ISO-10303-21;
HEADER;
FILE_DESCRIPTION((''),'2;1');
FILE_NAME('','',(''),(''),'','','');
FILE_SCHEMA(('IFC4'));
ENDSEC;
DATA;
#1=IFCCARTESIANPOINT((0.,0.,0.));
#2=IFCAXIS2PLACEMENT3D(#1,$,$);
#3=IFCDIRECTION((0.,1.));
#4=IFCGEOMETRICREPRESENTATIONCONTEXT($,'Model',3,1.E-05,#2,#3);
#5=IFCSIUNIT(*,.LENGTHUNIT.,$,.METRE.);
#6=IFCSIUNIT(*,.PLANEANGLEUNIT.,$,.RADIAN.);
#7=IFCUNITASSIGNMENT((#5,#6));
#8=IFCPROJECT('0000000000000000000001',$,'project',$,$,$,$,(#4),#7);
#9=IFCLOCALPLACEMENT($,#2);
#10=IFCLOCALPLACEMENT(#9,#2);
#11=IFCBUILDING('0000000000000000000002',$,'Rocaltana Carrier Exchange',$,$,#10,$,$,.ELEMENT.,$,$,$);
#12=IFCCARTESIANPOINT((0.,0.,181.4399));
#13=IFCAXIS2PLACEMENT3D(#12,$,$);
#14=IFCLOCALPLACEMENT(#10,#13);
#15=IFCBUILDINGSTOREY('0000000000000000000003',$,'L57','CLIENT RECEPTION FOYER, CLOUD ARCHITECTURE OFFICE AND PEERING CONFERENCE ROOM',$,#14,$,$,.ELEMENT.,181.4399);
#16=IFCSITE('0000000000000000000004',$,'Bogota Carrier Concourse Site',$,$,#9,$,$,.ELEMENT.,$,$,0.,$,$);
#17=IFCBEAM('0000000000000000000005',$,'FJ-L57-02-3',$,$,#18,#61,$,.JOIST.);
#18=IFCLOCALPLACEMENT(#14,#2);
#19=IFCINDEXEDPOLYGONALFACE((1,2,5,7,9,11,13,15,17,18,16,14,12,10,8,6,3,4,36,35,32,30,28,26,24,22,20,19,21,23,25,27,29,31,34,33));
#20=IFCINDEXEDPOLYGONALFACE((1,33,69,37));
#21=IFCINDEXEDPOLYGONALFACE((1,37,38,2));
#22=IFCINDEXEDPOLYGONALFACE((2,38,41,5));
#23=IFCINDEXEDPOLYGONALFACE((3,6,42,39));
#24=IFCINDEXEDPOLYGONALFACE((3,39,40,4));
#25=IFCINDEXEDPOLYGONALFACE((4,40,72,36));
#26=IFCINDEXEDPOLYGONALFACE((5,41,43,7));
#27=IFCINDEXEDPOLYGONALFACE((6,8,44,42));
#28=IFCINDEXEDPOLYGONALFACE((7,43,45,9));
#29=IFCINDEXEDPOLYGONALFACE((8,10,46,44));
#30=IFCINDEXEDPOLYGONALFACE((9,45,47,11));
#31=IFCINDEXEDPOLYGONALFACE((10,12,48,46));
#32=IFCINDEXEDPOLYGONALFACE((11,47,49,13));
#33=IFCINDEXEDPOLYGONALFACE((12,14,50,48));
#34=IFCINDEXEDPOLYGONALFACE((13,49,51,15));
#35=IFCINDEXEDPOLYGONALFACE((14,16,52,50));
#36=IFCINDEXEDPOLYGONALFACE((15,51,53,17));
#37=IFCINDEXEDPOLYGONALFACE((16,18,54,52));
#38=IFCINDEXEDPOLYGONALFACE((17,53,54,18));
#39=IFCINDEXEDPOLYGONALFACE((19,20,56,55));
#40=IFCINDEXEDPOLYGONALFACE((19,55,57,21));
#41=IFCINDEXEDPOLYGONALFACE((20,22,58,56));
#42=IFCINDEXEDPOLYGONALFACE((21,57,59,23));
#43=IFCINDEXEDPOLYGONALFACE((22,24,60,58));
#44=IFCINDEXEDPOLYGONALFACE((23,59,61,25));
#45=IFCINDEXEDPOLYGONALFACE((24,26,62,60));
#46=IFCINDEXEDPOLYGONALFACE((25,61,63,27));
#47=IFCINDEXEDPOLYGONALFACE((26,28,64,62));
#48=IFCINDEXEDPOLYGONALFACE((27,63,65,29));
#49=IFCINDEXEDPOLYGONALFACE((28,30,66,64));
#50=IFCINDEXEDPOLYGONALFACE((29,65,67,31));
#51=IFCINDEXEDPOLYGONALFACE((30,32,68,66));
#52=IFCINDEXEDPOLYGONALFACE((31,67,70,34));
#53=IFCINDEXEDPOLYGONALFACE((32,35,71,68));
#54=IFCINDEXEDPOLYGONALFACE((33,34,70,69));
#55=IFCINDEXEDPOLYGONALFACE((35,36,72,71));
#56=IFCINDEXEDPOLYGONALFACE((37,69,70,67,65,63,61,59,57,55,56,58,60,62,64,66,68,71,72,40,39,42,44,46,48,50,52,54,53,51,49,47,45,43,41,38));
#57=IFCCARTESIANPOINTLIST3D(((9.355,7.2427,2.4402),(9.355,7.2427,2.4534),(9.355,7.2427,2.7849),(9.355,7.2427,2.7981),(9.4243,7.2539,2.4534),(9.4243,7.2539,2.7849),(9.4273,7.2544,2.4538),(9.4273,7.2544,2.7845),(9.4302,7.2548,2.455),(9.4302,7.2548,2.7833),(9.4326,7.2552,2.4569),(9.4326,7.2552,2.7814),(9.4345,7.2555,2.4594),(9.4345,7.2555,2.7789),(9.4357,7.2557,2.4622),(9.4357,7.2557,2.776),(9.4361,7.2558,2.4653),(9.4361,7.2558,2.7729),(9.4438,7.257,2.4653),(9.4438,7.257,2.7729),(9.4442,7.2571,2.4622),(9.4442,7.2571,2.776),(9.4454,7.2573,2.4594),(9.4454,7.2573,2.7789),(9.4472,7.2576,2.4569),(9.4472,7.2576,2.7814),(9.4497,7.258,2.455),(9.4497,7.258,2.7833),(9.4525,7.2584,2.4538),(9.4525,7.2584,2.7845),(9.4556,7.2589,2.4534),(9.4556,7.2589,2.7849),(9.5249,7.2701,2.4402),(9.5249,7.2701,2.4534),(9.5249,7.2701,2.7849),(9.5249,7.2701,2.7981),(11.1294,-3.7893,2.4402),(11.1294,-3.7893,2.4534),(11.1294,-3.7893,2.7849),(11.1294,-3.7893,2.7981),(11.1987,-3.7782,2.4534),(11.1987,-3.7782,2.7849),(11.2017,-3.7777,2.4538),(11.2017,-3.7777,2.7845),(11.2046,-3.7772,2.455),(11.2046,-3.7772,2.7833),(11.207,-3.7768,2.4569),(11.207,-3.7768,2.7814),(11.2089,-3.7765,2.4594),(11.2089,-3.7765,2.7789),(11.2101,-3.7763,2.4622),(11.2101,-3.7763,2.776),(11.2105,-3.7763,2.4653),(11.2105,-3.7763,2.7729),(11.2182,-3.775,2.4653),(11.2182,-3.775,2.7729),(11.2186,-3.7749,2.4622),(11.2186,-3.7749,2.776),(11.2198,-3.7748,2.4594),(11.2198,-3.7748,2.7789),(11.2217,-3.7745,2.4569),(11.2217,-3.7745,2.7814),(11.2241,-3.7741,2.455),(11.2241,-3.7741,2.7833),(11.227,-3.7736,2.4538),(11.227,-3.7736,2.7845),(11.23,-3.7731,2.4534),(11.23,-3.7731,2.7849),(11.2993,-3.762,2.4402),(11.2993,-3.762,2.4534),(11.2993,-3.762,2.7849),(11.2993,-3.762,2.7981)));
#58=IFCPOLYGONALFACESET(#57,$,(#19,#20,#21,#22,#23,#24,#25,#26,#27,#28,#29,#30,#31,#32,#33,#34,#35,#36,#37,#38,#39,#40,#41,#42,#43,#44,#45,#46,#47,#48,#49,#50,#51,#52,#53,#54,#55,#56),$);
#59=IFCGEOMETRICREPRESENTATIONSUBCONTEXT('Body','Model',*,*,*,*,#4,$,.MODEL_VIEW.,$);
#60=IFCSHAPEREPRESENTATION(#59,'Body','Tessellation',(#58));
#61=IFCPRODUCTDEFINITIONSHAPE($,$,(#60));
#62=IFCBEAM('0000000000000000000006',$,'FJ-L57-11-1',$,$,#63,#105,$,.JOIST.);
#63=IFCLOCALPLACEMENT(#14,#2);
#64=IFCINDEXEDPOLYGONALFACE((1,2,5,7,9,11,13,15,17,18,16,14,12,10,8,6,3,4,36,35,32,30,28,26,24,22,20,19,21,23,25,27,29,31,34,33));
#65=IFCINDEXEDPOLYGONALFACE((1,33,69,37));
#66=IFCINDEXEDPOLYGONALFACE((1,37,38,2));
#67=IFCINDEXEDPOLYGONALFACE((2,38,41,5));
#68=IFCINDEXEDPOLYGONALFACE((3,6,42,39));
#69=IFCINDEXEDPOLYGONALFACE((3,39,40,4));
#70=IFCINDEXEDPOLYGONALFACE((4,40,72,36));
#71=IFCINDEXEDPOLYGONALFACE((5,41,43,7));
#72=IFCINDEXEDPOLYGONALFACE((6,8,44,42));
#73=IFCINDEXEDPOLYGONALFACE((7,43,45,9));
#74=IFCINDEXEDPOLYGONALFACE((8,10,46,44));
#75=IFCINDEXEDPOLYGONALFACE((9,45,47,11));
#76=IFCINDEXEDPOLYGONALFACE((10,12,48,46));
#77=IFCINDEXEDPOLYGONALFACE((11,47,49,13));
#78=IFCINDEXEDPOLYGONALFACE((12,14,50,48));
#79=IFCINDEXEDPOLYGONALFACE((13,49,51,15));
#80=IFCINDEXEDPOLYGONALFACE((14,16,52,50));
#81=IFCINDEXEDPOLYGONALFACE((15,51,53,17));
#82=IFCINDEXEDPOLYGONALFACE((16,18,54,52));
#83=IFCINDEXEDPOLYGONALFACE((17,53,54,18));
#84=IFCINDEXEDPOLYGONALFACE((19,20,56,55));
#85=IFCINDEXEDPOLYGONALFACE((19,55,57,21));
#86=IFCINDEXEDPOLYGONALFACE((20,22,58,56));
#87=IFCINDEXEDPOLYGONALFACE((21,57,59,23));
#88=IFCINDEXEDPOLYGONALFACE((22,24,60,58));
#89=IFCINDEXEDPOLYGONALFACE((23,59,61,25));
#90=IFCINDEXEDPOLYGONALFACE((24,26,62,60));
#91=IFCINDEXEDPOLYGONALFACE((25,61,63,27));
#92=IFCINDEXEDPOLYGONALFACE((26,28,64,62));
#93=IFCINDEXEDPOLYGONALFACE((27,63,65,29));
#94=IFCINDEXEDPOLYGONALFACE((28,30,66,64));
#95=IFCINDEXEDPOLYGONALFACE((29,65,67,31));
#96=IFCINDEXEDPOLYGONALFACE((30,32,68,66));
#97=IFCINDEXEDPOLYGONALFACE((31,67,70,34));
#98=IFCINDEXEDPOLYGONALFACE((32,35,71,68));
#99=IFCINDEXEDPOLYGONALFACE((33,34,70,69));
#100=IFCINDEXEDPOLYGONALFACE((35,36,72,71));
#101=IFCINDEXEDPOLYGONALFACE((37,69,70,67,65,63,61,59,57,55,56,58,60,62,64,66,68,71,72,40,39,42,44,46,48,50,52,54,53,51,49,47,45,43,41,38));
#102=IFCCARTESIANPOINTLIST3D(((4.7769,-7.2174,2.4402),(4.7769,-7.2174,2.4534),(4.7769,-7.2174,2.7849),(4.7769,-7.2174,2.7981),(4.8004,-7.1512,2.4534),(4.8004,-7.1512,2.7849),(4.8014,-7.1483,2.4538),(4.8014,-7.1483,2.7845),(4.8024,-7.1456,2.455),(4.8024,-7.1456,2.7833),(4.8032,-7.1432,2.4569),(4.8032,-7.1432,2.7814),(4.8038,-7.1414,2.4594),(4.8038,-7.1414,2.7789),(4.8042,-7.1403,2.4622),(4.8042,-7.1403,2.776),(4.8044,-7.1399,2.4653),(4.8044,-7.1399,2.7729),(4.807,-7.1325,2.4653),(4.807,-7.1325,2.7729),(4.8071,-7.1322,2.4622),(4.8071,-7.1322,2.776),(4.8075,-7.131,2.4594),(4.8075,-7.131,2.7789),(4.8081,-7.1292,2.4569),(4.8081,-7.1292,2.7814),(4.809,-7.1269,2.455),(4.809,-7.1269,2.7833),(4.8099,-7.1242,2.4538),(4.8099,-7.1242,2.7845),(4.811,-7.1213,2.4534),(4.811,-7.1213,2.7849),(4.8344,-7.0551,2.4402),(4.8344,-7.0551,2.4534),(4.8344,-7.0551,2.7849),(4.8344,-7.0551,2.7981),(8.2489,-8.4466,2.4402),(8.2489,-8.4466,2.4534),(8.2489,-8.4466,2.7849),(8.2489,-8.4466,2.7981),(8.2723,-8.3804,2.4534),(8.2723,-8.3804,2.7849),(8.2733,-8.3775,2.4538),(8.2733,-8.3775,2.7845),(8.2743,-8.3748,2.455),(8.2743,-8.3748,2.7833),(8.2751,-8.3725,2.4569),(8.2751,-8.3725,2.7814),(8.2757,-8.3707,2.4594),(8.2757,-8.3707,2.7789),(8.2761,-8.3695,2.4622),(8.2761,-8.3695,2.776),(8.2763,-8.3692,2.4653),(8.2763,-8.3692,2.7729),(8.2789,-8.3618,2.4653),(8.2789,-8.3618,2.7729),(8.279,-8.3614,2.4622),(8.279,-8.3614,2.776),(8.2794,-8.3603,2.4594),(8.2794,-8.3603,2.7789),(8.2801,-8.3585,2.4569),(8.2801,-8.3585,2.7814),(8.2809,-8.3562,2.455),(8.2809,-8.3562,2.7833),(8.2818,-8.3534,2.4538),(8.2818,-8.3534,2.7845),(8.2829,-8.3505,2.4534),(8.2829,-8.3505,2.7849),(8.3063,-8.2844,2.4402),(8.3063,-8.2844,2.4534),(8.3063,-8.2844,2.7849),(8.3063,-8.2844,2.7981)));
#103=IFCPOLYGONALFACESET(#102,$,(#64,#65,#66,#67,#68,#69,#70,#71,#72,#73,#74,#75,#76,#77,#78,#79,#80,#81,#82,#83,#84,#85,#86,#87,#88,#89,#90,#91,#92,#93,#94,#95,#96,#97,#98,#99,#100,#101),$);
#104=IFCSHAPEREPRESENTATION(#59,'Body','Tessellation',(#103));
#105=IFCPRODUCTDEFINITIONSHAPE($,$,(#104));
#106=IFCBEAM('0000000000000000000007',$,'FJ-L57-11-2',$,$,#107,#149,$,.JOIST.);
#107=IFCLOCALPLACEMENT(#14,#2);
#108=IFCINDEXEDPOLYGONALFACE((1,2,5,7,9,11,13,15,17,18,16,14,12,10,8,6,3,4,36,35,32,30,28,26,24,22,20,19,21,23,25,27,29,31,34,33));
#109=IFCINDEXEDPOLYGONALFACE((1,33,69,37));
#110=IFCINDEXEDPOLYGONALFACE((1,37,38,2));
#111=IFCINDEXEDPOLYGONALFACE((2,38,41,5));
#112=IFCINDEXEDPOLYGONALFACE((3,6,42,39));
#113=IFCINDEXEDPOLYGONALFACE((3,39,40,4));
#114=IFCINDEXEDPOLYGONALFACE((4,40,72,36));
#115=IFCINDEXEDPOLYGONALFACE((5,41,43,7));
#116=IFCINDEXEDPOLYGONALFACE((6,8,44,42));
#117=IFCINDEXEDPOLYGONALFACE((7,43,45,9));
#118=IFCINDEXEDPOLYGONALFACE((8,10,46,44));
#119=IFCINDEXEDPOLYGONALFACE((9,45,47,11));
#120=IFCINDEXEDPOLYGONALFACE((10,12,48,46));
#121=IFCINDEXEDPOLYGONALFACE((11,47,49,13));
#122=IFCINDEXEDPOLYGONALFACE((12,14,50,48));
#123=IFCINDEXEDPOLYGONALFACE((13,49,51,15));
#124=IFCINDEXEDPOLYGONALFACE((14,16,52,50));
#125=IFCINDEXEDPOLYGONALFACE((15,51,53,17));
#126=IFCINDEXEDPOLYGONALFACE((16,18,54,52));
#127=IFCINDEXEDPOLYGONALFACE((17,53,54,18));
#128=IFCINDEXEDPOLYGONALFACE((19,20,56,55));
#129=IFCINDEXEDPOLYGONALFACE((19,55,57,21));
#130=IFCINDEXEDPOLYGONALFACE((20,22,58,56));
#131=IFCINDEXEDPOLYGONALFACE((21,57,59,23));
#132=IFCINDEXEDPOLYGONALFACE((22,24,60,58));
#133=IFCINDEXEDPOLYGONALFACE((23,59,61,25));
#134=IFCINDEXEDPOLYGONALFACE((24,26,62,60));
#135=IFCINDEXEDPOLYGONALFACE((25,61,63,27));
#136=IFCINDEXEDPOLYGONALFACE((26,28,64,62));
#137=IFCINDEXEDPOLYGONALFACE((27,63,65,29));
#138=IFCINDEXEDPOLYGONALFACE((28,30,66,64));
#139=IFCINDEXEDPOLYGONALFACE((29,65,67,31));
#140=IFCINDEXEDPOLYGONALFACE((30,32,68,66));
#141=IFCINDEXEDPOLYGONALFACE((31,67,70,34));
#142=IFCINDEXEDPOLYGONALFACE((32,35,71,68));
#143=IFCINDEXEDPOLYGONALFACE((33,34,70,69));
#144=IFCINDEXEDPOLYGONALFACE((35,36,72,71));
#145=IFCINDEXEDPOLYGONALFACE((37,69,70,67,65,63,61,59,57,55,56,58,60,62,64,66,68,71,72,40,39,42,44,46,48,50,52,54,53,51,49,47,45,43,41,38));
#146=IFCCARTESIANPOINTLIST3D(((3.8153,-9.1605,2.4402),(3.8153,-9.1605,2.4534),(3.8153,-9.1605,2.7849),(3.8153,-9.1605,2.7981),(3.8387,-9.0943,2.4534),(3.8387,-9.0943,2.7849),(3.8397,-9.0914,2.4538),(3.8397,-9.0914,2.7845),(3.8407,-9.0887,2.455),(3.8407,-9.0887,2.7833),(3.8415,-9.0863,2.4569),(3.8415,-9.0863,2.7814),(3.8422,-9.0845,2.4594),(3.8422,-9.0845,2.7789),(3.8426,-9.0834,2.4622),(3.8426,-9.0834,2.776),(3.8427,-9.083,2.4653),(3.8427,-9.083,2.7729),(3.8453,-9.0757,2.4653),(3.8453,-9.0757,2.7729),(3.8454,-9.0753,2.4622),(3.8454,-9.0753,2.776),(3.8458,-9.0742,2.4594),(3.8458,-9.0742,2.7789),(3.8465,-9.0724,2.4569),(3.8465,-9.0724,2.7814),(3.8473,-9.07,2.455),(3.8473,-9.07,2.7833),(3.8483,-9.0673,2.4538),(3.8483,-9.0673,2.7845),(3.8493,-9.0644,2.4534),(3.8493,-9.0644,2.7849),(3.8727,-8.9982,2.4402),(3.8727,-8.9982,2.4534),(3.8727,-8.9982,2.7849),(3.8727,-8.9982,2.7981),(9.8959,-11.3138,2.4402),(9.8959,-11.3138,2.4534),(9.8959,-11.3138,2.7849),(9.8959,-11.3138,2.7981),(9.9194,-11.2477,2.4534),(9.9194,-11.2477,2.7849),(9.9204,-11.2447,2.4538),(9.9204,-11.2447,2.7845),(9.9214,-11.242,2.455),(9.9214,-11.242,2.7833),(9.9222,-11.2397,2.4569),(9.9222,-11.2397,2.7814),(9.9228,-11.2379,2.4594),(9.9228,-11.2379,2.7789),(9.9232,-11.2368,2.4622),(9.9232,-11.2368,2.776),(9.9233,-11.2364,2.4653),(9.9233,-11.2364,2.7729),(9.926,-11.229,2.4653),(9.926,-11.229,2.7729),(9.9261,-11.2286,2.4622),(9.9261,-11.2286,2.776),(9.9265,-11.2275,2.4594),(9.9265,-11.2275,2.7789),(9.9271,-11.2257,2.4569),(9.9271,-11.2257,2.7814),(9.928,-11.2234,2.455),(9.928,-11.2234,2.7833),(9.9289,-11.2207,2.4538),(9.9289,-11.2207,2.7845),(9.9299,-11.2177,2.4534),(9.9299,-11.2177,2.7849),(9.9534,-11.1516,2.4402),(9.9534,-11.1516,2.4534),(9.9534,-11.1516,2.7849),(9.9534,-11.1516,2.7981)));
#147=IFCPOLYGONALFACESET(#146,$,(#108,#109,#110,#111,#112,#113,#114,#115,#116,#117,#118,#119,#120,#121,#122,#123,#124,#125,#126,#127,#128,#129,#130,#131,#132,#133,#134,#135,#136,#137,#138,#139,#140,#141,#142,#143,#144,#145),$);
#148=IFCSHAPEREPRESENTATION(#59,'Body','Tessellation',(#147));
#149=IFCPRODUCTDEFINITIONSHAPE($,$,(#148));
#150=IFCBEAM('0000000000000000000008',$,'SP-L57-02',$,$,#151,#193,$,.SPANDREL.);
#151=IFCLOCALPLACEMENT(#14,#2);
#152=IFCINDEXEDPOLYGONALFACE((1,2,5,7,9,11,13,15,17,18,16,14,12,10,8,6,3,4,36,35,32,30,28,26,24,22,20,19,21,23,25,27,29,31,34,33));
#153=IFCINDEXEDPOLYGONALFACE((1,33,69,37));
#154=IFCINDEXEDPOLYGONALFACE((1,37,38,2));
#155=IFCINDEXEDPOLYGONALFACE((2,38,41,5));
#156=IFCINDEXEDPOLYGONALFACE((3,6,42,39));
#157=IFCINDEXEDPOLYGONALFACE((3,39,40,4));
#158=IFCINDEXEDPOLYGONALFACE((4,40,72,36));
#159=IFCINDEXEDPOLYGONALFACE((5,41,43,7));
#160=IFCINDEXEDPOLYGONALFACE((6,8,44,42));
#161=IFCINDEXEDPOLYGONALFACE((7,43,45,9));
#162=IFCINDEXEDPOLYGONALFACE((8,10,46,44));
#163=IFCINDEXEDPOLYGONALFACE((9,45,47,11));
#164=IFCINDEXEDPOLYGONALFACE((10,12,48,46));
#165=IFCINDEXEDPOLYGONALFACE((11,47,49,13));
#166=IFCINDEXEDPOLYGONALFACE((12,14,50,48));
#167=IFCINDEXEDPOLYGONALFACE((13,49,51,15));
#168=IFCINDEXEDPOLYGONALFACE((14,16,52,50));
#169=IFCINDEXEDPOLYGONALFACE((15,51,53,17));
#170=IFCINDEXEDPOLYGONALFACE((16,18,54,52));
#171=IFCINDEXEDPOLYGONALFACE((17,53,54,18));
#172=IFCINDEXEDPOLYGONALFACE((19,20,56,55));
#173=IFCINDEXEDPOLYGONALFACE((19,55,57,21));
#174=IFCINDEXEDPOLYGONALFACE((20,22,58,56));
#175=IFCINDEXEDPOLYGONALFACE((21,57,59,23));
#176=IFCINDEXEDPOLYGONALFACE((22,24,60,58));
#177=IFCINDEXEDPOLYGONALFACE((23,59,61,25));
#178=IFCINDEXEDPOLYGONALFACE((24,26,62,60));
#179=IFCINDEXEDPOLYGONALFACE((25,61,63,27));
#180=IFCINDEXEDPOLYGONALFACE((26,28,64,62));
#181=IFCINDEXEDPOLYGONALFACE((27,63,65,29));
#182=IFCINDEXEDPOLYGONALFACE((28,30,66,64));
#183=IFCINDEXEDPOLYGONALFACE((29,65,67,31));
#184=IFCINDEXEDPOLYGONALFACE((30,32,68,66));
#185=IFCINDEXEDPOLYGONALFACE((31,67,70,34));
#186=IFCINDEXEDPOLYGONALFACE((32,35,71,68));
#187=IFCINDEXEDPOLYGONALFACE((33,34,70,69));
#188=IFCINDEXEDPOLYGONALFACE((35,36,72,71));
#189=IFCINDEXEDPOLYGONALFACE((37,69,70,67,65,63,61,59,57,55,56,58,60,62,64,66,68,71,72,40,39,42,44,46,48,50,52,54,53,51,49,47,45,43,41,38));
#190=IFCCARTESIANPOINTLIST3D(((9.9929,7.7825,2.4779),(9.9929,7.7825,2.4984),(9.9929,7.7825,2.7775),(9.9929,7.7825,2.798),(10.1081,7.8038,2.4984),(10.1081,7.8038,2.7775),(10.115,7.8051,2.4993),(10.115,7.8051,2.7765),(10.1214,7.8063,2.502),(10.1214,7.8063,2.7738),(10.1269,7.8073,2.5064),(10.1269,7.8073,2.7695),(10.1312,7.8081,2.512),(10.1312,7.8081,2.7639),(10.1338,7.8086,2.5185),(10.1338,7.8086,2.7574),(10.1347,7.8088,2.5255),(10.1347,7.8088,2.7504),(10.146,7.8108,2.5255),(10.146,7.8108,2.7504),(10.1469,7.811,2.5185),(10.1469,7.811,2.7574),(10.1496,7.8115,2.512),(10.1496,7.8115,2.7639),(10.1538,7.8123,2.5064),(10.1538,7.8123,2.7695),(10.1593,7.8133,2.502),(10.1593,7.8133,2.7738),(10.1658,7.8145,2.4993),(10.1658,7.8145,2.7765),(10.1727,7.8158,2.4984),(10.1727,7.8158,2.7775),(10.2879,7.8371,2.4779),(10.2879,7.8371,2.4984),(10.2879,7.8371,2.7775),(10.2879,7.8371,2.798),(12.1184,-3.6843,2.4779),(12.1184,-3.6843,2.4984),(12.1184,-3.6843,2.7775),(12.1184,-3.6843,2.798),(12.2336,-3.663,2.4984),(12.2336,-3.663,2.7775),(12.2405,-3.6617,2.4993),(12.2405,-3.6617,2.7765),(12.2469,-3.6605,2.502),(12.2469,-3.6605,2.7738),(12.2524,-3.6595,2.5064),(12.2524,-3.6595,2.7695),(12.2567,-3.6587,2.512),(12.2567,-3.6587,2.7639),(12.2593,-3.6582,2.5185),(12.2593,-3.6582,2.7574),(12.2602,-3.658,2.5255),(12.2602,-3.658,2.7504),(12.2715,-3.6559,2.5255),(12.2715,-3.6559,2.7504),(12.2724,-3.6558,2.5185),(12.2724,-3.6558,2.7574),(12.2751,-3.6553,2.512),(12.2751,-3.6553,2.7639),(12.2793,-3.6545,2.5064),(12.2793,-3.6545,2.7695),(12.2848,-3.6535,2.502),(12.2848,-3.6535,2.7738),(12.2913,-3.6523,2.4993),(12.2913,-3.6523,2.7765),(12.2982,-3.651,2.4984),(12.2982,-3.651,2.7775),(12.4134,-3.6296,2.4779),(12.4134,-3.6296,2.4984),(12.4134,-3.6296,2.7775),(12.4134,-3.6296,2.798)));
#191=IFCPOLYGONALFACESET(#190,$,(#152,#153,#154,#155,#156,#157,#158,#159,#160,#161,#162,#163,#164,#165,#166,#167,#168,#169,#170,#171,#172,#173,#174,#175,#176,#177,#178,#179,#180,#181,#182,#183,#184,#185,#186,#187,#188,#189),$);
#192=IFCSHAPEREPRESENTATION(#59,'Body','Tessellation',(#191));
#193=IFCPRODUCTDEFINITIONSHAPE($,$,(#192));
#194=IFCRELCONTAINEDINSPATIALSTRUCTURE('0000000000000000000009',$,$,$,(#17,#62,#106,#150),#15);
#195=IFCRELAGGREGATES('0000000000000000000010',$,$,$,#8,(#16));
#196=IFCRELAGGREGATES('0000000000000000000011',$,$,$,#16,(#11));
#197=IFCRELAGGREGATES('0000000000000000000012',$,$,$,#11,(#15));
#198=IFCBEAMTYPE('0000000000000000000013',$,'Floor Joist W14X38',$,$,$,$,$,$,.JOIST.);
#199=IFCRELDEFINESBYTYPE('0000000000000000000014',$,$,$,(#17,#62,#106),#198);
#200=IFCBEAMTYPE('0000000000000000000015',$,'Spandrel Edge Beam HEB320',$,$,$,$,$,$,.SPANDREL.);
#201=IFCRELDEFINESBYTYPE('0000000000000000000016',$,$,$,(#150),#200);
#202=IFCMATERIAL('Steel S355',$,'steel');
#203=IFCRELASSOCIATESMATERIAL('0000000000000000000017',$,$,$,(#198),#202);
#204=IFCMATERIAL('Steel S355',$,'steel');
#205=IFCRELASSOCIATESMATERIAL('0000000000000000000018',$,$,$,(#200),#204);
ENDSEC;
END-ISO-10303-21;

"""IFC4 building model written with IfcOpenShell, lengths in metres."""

from ifc_helpers import new_model, si_unit, direction, frame, origin, origin_2d, place, context, subcontext, project, spatial, i_section, extrude, material, material_profile, profile_set, type_object, element, save


model = new_model("IFC4")

# Units and contexts
model_context = context("Model", 3, precision=1e-05, world=origin(), true_north=direction((0.0, 1.0)))
body_context = subcontext(model_context, "Body", "Model", "MODEL_VIEW")
ifc_project = project(units=[si_unit("LENGTHUNIT", "METRE"), si_unit("PLANEANGLEUNIT", "RADIAN")], contexts=[model_context])

# Site, building, storey
site_placement = place(None, origin())
site = spatial("IfcSite", under=ifc_project, at=site_placement, Name="Bogota Carrier Concourse Site", CompositionType="ELEMENT", RefElevation=0.0)
building_placement = place(site_placement, origin())
building = spatial("IfcBuilding", under=site, at=building_placement, Name="Rocaltana Carrier Exchange", CompositionType="ELEMENT")
storey_placement = place(building_placement, frame((0.0, 0.0, 181.4399)))
storey = spatial("IfcBuildingStorey", under=building, at=storey_placement, Name="L57", Description="CLIENT RECEPTION FOYER, CLOUD ARCHITECTURE OFFICE AND PEERING CONFERENCE ROOM", CompositionType="ELEMENT", Elevation=181.4399)

# Beams
ifc_material_1 = material(Name="Steel S355", Category="steel")
ifc_material_profile_1 = material_profile(ifc_material_1, i_section(OverallWidth=0.1721, OverallDepth=0.3579, WebThickness=0.0078, FlangeThickness=0.0132, FilletRadius=0.012, at=origin_2d()), Name="W14X38")
ifc_profile_set_1 = profile_set([ifc_material_profile_1], Name="Steel S355")
beam_type_1 = type_object("IfcBeamType", Name="Floor Joist W14X38", PredefinedType="JOIST", material=ifc_profile_set_1)
beam_1_placement = place(storey_placement, frame((11.2144, -3.7756, 2.6191), z_axis=(-0.158802, 0.98731, 0.0), x_axis=(-0.98731, -0.158802, 0.0)))
element("IfcBeam", 1, at=beam_1_placement, inside=storey, type_object=beam_type_1, Name="FJ-L57-02-3", PredefinedType="JOIST", context=body_context, shape_type="SweptSolid", body=[
    extrude(i_section(OverallWidth=0.1721, OverallDepth=0.3579, WebThickness=0.0078, FlangeThickness=0.0132, FilletRadius=0.012, at=origin_2d()), origin(), (0.0, 0.0, 1.0), 11.1738),
])
beam_2_placement = place(storey_placement, frame((4.8057, -7.1362, 2.6191), z_axis=(0.942661, -0.333753, 0.0), x_axis=(0.333753, 0.942661, 0.0)))
element("IfcBeam", 2, at=beam_2_placement, inside=storey, type_object=beam_type_1, Name="FJ-L57-11-1", PredefinedType="JOIST", context=body_context, shape_type="SweptSolid", body=[
    extrude(i_section(OverallWidth=0.1721, OverallDepth=0.3579, WebThickness=0.0078, FlangeThickness=0.0132, FilletRadius=0.012, at=origin_2d()), origin(), (0.0, 0.0, 1.0), 3.6831),
])
beam_3_placement = place(storey_placement, frame((3.844, -9.0793, 2.6191), z_axis=(0.942638, -0.333818, 0.0), x_axis=(0.333818, 0.942638, 0.0)))
element("IfcBeam", 3, at=beam_3_placement, inside=storey, type_object=beam_type_1, Name="FJ-L57-11-2", PredefinedType="JOIST", context=body_context, shape_type="SweptSolid", body=[
    extrude(i_section(OverallWidth=0.1721, OverallDepth=0.3579, WebThickness=0.0078, FlangeThickness=0.0132, FilletRadius=0.012, at=origin_2d()), origin(), (0.0, 0.0, 1.0), 6.4507),
])
ifc_material_2 = material(Name="Steel S355", Category="steel")
ifc_material_profile_2 = material_profile(ifc_material_2, i_section(OverallWidth=0.3, OverallDepth=0.3201, WebThickness=0.0115, FlangeThickness=0.0205, FilletRadius=0.0271, at=origin_2d()), Name="HEB320")
ifc_profile_set_2 = profile_set([ifc_material_profile_2], Name="Steel S355")
beam_type_2 = type_object("IfcBeamType", Name="Spandrel Edge Beam HEB320", PredefinedType="SPANDREL", material=ifc_profile_set_2)
beam_4_placement = place(storey_placement, frame((12.2659, -3.657, 2.6379), z_axis=(-0.182256, 0.983251, 0.0), x_axis=(-0.983251, -0.182256, 0.0)))
element("IfcBeam", 4, at=beam_4_placement, inside=storey, type_object=beam_type_2, Name="SP-L57-02", PredefinedType="SPANDREL", context=body_context, shape_type="SweptSolid", body=[
    extrude(i_section(OverallWidth=0.3, OverallDepth=0.3201, WebThickness=0.0115, FlangeThickness=0.0205, FilletRadius=0.0271, at=origin_2d()), origin(), (0.0, 0.0, 1.0), 11.6621),
])

save(model, "model.ifc")
